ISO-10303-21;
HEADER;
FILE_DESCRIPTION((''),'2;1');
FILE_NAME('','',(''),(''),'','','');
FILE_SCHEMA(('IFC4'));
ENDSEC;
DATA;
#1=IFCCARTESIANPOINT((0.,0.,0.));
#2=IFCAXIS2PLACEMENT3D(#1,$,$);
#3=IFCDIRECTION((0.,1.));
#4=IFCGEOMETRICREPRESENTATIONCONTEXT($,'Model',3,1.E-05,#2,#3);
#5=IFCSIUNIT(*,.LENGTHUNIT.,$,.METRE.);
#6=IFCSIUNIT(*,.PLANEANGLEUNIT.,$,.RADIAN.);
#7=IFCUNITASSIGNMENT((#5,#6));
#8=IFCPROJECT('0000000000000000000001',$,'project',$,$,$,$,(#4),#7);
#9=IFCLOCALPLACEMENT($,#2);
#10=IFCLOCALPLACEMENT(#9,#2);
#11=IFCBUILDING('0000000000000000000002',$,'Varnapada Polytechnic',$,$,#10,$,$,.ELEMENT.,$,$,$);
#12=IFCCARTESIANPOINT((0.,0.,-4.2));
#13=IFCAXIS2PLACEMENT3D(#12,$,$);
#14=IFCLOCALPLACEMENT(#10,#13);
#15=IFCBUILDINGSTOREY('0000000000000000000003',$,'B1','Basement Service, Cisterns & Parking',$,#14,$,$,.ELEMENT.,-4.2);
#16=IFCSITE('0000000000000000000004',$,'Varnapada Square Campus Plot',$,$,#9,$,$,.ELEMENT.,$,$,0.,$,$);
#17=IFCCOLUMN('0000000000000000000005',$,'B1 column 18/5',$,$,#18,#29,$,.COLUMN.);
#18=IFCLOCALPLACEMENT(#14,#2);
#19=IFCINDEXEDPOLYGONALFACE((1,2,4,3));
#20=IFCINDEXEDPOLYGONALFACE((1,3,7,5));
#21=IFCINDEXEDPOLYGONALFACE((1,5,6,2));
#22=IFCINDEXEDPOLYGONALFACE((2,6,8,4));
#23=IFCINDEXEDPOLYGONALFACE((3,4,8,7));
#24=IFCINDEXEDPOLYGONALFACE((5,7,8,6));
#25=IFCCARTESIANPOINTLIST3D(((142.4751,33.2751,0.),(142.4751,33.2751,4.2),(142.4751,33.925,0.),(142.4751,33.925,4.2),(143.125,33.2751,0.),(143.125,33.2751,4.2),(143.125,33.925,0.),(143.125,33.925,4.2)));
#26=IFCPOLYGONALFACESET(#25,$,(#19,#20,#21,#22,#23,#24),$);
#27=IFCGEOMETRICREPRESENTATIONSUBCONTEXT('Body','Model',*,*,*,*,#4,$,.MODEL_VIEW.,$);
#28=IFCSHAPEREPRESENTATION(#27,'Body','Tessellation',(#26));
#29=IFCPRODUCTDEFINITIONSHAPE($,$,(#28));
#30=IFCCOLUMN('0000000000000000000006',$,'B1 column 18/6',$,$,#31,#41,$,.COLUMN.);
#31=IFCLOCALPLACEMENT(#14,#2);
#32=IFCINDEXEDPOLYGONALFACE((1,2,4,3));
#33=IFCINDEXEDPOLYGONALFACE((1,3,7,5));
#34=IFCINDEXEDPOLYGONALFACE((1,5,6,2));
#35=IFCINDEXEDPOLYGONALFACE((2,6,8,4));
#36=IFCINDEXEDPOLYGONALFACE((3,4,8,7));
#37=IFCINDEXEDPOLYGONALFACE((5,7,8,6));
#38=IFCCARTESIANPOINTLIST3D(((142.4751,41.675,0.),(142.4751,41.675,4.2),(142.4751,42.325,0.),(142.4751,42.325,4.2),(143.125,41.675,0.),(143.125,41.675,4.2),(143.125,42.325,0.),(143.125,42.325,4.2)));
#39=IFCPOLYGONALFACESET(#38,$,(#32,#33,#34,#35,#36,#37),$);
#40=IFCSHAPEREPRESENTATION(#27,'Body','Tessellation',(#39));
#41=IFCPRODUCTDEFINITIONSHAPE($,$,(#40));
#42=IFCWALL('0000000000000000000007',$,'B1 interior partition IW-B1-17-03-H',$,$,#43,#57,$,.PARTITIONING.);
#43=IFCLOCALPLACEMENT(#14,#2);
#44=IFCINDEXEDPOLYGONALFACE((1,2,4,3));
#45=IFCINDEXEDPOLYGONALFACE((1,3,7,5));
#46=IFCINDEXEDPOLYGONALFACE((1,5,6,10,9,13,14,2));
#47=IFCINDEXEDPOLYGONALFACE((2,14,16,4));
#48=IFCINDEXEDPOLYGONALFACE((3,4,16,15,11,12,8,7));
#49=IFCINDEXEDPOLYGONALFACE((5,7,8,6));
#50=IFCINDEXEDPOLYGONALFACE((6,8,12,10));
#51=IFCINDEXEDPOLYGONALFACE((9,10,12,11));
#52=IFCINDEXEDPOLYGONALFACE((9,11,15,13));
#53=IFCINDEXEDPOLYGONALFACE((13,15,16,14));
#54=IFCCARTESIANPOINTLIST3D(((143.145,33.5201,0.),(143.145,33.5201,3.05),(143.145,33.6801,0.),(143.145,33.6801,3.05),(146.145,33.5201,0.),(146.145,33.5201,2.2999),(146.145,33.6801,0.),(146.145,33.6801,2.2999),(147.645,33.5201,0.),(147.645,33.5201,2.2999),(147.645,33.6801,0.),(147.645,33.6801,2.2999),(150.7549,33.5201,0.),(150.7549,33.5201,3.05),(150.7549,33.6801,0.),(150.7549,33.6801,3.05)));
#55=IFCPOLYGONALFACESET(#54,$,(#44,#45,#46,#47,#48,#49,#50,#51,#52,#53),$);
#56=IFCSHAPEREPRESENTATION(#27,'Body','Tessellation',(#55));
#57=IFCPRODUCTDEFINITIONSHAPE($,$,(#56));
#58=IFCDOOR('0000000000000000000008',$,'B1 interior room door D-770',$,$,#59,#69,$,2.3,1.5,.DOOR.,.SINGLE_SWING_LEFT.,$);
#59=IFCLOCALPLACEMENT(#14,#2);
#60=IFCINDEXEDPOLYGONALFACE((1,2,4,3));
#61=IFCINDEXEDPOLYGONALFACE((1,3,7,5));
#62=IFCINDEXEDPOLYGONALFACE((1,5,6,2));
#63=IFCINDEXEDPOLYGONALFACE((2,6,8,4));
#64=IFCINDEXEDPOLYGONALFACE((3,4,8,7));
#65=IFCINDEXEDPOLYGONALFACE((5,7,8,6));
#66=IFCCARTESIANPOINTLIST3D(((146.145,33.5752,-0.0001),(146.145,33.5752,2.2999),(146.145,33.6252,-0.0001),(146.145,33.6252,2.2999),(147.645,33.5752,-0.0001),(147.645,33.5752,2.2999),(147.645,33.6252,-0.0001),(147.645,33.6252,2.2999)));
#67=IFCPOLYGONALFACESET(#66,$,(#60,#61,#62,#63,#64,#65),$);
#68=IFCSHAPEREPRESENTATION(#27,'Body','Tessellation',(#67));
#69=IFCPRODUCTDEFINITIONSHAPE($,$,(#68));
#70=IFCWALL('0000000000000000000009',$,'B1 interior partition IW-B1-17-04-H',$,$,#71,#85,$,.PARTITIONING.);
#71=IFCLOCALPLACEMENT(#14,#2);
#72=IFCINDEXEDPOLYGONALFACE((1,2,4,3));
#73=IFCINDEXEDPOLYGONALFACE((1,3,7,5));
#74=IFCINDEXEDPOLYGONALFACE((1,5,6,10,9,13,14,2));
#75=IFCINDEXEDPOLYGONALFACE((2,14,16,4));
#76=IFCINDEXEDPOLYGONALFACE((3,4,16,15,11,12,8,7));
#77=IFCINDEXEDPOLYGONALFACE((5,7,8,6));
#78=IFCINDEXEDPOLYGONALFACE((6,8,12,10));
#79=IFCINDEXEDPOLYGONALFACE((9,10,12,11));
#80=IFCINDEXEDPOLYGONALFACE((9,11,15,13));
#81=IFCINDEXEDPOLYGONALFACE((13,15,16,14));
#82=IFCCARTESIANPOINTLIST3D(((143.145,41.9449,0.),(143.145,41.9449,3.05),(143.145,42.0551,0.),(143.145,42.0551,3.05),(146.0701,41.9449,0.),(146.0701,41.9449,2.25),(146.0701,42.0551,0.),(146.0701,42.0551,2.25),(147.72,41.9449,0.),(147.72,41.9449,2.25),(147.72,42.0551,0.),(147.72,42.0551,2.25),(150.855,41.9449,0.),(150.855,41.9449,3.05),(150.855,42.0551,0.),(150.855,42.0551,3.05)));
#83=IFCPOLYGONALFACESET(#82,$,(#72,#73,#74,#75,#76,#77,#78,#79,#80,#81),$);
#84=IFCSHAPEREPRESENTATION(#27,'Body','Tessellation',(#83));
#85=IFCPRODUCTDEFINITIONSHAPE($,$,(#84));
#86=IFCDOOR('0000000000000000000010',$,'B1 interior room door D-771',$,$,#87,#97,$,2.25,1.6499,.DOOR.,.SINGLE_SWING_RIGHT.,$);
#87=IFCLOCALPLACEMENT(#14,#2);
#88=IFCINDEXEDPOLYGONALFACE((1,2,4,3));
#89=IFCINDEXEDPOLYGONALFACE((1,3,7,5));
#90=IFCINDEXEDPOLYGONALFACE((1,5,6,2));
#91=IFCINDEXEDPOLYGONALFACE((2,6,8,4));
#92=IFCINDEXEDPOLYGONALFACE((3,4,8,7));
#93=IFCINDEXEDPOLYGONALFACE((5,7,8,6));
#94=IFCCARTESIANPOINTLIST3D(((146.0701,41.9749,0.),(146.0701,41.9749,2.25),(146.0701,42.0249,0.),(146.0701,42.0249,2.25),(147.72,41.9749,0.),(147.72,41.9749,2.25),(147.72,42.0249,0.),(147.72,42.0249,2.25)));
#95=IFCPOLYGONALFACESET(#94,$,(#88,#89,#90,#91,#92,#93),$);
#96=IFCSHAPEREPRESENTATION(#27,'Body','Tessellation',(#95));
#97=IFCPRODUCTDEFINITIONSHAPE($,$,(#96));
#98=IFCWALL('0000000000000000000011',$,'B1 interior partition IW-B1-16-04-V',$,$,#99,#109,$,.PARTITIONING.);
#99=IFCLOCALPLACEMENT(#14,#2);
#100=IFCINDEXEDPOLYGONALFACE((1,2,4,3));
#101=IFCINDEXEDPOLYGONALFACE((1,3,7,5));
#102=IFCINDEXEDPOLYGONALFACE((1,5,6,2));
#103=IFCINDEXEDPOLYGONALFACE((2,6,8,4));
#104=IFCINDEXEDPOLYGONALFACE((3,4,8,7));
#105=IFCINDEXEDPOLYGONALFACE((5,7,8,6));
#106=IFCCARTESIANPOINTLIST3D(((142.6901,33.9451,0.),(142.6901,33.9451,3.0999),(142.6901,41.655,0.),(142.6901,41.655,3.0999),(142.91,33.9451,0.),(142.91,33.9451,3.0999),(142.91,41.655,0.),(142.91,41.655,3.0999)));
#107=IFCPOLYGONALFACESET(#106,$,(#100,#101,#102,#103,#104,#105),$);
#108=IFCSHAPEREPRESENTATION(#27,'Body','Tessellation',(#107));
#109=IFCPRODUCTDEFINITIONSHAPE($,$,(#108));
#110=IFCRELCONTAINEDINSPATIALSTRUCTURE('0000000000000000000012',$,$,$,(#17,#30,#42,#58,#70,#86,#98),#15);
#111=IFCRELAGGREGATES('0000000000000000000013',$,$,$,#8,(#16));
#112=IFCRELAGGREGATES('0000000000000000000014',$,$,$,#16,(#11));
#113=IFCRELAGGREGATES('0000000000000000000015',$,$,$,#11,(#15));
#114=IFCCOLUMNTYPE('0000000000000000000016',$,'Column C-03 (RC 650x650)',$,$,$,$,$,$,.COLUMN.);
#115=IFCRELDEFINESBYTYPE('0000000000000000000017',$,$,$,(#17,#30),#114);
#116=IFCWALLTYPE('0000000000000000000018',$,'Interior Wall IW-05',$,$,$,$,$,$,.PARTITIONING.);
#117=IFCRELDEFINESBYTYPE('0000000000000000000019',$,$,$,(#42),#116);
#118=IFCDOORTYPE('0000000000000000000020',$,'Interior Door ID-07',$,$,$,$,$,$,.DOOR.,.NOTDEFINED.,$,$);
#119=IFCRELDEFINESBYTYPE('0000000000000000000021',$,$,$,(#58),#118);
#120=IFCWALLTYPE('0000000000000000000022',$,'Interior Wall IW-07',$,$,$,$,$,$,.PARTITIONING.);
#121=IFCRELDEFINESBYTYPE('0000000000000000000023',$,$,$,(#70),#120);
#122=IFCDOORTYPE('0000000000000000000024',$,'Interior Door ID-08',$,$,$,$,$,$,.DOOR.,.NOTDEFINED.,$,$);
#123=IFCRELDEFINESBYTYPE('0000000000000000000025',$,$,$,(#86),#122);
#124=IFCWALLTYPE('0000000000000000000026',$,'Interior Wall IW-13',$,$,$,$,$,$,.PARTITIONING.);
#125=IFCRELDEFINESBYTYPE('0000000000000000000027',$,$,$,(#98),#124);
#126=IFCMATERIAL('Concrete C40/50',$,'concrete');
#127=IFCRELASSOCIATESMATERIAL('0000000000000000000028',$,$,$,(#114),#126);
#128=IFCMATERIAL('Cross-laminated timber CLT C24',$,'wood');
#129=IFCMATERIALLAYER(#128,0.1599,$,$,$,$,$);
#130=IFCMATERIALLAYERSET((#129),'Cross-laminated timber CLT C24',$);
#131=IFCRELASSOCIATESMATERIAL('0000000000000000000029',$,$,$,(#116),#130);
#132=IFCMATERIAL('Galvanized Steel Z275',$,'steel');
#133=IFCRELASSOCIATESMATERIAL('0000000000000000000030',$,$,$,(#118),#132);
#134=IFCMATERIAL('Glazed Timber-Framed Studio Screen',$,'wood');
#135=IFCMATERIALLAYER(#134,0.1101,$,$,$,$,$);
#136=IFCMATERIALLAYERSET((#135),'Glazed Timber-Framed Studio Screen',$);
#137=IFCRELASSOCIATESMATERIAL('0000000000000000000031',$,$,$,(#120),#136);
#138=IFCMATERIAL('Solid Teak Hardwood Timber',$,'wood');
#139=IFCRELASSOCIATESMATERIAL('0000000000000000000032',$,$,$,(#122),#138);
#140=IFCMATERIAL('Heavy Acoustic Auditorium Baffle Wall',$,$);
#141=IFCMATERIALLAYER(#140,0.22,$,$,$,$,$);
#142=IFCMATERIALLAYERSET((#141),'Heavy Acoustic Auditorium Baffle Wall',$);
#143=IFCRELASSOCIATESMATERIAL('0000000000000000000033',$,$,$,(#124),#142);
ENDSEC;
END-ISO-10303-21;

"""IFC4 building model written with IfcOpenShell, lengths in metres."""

from ifc_helpers import new_model, si_unit, direction, frame, frame_2d, origin, origin_2d, place, context, subcontext, project, spatial, rectangle, extrude, material, layer, layer_set, material_profile, profile_set, type_object, element, fill, save


model = new_model("IFC4")

# Units and contexts
model_context = context("Model", 3, precision=1e-05, world=origin(), true_north=direction((0.0, 1.0)))
body_context = subcontext(model_context, "Body", "Model", "MODEL_VIEW")
ifc_project = project(units=[si_unit("LENGTHUNIT", "METRE"), si_unit("PLANEANGLEUNIT", "RADIAN")], contexts=[model_context])

# Site, building, storey
site_placement = place(None, origin())
site = spatial("IfcSite", under=ifc_project, at=site_placement, Name="Varnapada Square Campus Plot", CompositionType="ELEMENT", RefElevation=0.0)
building_placement = place(site_placement, origin())
building = spatial("IfcBuilding", under=site, at=building_placement, Name="Varnapada Polytechnic", CompositionType="ELEMENT")
storey_placement = place(building_placement, frame((0.0, 0.0, -4.2)))
storey = spatial("IfcBuildingStorey", under=building, at=storey_placement, Name="B1", Description="Basement Service, Cisterns & Parking", CompositionType="ELEMENT", Elevation=-4.2)

# Shared definitions
ifc_material_1 = material(Name="Concrete C40/50", Category="concrete")

# Columns
ifc_material_profile_1 = material_profile(ifc_material_1, rectangle(XDim=0.6499, YDim=0.6499, at=origin_2d()), Name="RC 650x650")
ifc_profile_set_1 = profile_set([ifc_material_profile_1], Name="Concrete C40/50")
column_type = type_object("IfcColumnType", Name="Column C-03 (RC 650x650)", PredefinedType="COLUMN", material=ifc_profile_set_1)
for number, where, z_axis, x_axis, name in (
    (1, (142.8, 33.6001, 0.0), (0.0, 0.0, 1.0), (1.0, 0.0, 0.0), "B1 column 18/5"),
    (2, (142.8, 42.0, 0.0), (0.0, 0.0, 1.0), (1.0, 0.0, 0.0), "B1 column 18/6"),
):
    element("IfcColumn", number, at=place(storey_placement, frame(where, z_axis=z_axis, x_axis=x_axis)), inside=storey, type_object=column_type, Name=name, PredefinedType="COLUMN", context=body_context, shape_type="SweptSolid", body=[
        extrude(rectangle(XDim=0.6499, YDim=0.6499, at=origin_2d()), origin(), (0.0, 0.0, 1.0), 4.2),
    ])

# Walls, openings, doors
ifc_material_2 = material(Name="Cross-laminated timber CLT C24", Category="wood")
ifc_layer_1 = layer(ifc_material_2, 0.1599)
ifc_layer_set_1 = layer_set([ifc_layer_1], Name="Cross-laminated timber CLT C24")
wall_type_1 = type_object("IfcWallType", Name="Interior Wall IW-05", PredefinedType="PARTITIONING", material=ifc_layer_set_1)
wall_1_placement = place(storey_placement, frame((143.145, 33.6001, 0.0), z_axis=(0.0, 0.0, 1.0), x_axis=(1.0, 0.0, 0.0)))
wall_1 = element("IfcWall", 3, at=wall_1_placement, inside=storey, type_object=wall_type_1, Name="B1 interior partition IW-B1-17-03-H", PredefinedType="PARTITIONING", context=body_context, shape_type="SweptSolid", body=[
    extrude(rectangle(XDim=7.6099, YDim=0.1599, at=frame_2d((3.8049, 0.0))), origin(), (0.0, 0.0, 1.0), 3.05),
])
opening_1_placement = place(wall_1_placement, frame((3.0, 0.0, 0.0)))
opening_1 = element("IfcOpeningElement", 4, at=opening_1_placement, cuts=wall_1, PredefinedType="OPENING", context=body_context, shape_type="SweptSolid", body=[
    extrude(rectangle(XDim=1.5, YDim=2.3, at=frame_2d((0.75, 1.1499))), frame((0.0, 0.0898, 0.0), z_axis=(0.0, -1.0, 0.0), x_axis=(1.0, 0.0, 0.0)), (0.0, 0.0, 1.0), 0.1799),
])
ifc_material_3 = material(Name="Galvanized Steel Z275", Category="steel")
door_type_1 = type_object("IfcDoorType", Name="Interior Door ID-07", OperationType="NOTDEFINED", PredefinedType="DOOR", material=ifc_material_3)
door_1_placement = place(opening_1_placement, frame((1.5, 0.0, 0.0), z_axis=(0.0, 0.0, 1.0), x_axis=(-1.0, 0.0, 0.0)))
door_1 = element("IfcDoor", 5, at=door_1_placement, inside=storey, type_object=door_type_1, Name="B1 interior room door D-770", OperationType="SINGLE_SWING_LEFT", OverallHeight=2.3, OverallWidth=1.5, PredefinedType="DOOR", context=body_context, shape_type="SweptSolid", body=[
    extrude(rectangle(XDim=1.5, YDim=2.3, at=frame_2d((0.75, 1.1499))), frame((0.0, 0.0249, 0.0), z_axis=(0.0, -1.0, 0.0), x_axis=(1.0, 0.0, 0.0)), (0.0, 0.0, 1.0), 0.05),
])
fill(opening_1, door_1)
ifc_material_4 = material(Name="Glazed Timber-Framed Studio Screen", Category="wood")
ifc_layer_2 = layer(ifc_material_4, 0.1101)
ifc_layer_set_2 = layer_set([ifc_layer_2], Name="Glazed Timber-Framed Studio Screen")
wall_type_2 = type_object("IfcWallType", Name="Interior Wall IW-07", PredefinedType="PARTITIONING", material=ifc_layer_set_2)
wall_2_placement = place(storey_placement, frame((143.145, 42.0, 0.0), z_axis=(0.0, 0.0, 1.0), x_axis=(1.0, 0.0, 0.0)))
wall_2 = element("IfcWall", 6, at=wall_2_placement, inside=storey, type_object=wall_type_2, Name="B1 interior partition IW-B1-17-04-H", PredefinedType="PARTITIONING", context=body_context, shape_type="SweptSolid", body=[
    extrude(rectangle(XDim=7.71, YDim=0.1101, at=frame_2d((3.855, 0.0))), origin(), (0.0, 0.0, 1.0), 3.05),
])
opening_2_placement = place(wall_2_placement, frame((2.925, 0.0, 0.0)))
opening_2 = element("IfcOpeningElement", 7, at=opening_2_placement, cuts=wall_2, PredefinedType="OPENING", context=body_context, shape_type="SweptSolid", body=[
    extrude(rectangle(XDim=1.6499, YDim=2.25, at=frame_2d((0.825, 1.125))), frame((0.0, 0.0649, 0.0), z_axis=(0.0, -1.0, 0.0), x_axis=(1.0, 0.0, 0.0)), (0.0, 0.0, 1.0), 0.1301),
])
ifc_material_5 = material(Name="Solid Teak Hardwood Timber", Category="wood")
door_type_2 = type_object("IfcDoorType", Name="Interior Door ID-08", OperationType="NOTDEFINED", PredefinedType="DOOR", material=ifc_material_5)
door_2_placement = place(opening_2_placement, origin())
door_2 = element("IfcDoor", 8, at=door_2_placement, inside=storey, type_object=door_type_2, Name="B1 interior room door D-771", OperationType="SINGLE_SWING_RIGHT", OverallHeight=2.25, OverallWidth=1.6499, PredefinedType="DOOR", context=body_context, shape_type="SweptSolid", body=[
    extrude(rectangle(XDim=1.6499, YDim=2.25, at=frame_2d((0.825, 1.125))), frame((0.0, 0.0249, 0.0), z_axis=(0.0, -1.0, 0.0), x_axis=(1.0, 0.0, 0.0)), (0.0, 0.0, 1.0), 0.05),
])
fill(opening_2, door_2)

# Wall
ifc_material_6 = material(Name="Heavy Acoustic Auditorium Baffle Wall")
ifc_layer_3 = layer(ifc_material_6, 0.22)
ifc_layer_set_3 = layer_set([ifc_layer_3], Name="Heavy Acoustic Auditorium Baffle Wall")
wall_type_3 = type_object("IfcWallType", Name="Interior Wall IW-13", PredefinedType="PARTITIONING", material=ifc_layer_set_3)
wall_3_placement = place(storey_placement, frame((142.8, 33.9451, 0.0), z_axis=(0.0, 0.0, 1.0), x_axis=(0.0, 1.0, 0.0)))
element("IfcWall", 9, at=wall_3_placement, inside=storey, type_object=wall_type_3, Name="B1 interior partition IW-B1-16-04-V", PredefinedType="PARTITIONING", context=body_context, shape_type="SweptSolid", body=[
    extrude(rectangle(XDim=7.71, YDim=0.22, at=frame_2d((3.855, 0.0))), origin(), (0.0, 0.0, 1.0), 3.0999),
])

save(model, "model.ifc")
